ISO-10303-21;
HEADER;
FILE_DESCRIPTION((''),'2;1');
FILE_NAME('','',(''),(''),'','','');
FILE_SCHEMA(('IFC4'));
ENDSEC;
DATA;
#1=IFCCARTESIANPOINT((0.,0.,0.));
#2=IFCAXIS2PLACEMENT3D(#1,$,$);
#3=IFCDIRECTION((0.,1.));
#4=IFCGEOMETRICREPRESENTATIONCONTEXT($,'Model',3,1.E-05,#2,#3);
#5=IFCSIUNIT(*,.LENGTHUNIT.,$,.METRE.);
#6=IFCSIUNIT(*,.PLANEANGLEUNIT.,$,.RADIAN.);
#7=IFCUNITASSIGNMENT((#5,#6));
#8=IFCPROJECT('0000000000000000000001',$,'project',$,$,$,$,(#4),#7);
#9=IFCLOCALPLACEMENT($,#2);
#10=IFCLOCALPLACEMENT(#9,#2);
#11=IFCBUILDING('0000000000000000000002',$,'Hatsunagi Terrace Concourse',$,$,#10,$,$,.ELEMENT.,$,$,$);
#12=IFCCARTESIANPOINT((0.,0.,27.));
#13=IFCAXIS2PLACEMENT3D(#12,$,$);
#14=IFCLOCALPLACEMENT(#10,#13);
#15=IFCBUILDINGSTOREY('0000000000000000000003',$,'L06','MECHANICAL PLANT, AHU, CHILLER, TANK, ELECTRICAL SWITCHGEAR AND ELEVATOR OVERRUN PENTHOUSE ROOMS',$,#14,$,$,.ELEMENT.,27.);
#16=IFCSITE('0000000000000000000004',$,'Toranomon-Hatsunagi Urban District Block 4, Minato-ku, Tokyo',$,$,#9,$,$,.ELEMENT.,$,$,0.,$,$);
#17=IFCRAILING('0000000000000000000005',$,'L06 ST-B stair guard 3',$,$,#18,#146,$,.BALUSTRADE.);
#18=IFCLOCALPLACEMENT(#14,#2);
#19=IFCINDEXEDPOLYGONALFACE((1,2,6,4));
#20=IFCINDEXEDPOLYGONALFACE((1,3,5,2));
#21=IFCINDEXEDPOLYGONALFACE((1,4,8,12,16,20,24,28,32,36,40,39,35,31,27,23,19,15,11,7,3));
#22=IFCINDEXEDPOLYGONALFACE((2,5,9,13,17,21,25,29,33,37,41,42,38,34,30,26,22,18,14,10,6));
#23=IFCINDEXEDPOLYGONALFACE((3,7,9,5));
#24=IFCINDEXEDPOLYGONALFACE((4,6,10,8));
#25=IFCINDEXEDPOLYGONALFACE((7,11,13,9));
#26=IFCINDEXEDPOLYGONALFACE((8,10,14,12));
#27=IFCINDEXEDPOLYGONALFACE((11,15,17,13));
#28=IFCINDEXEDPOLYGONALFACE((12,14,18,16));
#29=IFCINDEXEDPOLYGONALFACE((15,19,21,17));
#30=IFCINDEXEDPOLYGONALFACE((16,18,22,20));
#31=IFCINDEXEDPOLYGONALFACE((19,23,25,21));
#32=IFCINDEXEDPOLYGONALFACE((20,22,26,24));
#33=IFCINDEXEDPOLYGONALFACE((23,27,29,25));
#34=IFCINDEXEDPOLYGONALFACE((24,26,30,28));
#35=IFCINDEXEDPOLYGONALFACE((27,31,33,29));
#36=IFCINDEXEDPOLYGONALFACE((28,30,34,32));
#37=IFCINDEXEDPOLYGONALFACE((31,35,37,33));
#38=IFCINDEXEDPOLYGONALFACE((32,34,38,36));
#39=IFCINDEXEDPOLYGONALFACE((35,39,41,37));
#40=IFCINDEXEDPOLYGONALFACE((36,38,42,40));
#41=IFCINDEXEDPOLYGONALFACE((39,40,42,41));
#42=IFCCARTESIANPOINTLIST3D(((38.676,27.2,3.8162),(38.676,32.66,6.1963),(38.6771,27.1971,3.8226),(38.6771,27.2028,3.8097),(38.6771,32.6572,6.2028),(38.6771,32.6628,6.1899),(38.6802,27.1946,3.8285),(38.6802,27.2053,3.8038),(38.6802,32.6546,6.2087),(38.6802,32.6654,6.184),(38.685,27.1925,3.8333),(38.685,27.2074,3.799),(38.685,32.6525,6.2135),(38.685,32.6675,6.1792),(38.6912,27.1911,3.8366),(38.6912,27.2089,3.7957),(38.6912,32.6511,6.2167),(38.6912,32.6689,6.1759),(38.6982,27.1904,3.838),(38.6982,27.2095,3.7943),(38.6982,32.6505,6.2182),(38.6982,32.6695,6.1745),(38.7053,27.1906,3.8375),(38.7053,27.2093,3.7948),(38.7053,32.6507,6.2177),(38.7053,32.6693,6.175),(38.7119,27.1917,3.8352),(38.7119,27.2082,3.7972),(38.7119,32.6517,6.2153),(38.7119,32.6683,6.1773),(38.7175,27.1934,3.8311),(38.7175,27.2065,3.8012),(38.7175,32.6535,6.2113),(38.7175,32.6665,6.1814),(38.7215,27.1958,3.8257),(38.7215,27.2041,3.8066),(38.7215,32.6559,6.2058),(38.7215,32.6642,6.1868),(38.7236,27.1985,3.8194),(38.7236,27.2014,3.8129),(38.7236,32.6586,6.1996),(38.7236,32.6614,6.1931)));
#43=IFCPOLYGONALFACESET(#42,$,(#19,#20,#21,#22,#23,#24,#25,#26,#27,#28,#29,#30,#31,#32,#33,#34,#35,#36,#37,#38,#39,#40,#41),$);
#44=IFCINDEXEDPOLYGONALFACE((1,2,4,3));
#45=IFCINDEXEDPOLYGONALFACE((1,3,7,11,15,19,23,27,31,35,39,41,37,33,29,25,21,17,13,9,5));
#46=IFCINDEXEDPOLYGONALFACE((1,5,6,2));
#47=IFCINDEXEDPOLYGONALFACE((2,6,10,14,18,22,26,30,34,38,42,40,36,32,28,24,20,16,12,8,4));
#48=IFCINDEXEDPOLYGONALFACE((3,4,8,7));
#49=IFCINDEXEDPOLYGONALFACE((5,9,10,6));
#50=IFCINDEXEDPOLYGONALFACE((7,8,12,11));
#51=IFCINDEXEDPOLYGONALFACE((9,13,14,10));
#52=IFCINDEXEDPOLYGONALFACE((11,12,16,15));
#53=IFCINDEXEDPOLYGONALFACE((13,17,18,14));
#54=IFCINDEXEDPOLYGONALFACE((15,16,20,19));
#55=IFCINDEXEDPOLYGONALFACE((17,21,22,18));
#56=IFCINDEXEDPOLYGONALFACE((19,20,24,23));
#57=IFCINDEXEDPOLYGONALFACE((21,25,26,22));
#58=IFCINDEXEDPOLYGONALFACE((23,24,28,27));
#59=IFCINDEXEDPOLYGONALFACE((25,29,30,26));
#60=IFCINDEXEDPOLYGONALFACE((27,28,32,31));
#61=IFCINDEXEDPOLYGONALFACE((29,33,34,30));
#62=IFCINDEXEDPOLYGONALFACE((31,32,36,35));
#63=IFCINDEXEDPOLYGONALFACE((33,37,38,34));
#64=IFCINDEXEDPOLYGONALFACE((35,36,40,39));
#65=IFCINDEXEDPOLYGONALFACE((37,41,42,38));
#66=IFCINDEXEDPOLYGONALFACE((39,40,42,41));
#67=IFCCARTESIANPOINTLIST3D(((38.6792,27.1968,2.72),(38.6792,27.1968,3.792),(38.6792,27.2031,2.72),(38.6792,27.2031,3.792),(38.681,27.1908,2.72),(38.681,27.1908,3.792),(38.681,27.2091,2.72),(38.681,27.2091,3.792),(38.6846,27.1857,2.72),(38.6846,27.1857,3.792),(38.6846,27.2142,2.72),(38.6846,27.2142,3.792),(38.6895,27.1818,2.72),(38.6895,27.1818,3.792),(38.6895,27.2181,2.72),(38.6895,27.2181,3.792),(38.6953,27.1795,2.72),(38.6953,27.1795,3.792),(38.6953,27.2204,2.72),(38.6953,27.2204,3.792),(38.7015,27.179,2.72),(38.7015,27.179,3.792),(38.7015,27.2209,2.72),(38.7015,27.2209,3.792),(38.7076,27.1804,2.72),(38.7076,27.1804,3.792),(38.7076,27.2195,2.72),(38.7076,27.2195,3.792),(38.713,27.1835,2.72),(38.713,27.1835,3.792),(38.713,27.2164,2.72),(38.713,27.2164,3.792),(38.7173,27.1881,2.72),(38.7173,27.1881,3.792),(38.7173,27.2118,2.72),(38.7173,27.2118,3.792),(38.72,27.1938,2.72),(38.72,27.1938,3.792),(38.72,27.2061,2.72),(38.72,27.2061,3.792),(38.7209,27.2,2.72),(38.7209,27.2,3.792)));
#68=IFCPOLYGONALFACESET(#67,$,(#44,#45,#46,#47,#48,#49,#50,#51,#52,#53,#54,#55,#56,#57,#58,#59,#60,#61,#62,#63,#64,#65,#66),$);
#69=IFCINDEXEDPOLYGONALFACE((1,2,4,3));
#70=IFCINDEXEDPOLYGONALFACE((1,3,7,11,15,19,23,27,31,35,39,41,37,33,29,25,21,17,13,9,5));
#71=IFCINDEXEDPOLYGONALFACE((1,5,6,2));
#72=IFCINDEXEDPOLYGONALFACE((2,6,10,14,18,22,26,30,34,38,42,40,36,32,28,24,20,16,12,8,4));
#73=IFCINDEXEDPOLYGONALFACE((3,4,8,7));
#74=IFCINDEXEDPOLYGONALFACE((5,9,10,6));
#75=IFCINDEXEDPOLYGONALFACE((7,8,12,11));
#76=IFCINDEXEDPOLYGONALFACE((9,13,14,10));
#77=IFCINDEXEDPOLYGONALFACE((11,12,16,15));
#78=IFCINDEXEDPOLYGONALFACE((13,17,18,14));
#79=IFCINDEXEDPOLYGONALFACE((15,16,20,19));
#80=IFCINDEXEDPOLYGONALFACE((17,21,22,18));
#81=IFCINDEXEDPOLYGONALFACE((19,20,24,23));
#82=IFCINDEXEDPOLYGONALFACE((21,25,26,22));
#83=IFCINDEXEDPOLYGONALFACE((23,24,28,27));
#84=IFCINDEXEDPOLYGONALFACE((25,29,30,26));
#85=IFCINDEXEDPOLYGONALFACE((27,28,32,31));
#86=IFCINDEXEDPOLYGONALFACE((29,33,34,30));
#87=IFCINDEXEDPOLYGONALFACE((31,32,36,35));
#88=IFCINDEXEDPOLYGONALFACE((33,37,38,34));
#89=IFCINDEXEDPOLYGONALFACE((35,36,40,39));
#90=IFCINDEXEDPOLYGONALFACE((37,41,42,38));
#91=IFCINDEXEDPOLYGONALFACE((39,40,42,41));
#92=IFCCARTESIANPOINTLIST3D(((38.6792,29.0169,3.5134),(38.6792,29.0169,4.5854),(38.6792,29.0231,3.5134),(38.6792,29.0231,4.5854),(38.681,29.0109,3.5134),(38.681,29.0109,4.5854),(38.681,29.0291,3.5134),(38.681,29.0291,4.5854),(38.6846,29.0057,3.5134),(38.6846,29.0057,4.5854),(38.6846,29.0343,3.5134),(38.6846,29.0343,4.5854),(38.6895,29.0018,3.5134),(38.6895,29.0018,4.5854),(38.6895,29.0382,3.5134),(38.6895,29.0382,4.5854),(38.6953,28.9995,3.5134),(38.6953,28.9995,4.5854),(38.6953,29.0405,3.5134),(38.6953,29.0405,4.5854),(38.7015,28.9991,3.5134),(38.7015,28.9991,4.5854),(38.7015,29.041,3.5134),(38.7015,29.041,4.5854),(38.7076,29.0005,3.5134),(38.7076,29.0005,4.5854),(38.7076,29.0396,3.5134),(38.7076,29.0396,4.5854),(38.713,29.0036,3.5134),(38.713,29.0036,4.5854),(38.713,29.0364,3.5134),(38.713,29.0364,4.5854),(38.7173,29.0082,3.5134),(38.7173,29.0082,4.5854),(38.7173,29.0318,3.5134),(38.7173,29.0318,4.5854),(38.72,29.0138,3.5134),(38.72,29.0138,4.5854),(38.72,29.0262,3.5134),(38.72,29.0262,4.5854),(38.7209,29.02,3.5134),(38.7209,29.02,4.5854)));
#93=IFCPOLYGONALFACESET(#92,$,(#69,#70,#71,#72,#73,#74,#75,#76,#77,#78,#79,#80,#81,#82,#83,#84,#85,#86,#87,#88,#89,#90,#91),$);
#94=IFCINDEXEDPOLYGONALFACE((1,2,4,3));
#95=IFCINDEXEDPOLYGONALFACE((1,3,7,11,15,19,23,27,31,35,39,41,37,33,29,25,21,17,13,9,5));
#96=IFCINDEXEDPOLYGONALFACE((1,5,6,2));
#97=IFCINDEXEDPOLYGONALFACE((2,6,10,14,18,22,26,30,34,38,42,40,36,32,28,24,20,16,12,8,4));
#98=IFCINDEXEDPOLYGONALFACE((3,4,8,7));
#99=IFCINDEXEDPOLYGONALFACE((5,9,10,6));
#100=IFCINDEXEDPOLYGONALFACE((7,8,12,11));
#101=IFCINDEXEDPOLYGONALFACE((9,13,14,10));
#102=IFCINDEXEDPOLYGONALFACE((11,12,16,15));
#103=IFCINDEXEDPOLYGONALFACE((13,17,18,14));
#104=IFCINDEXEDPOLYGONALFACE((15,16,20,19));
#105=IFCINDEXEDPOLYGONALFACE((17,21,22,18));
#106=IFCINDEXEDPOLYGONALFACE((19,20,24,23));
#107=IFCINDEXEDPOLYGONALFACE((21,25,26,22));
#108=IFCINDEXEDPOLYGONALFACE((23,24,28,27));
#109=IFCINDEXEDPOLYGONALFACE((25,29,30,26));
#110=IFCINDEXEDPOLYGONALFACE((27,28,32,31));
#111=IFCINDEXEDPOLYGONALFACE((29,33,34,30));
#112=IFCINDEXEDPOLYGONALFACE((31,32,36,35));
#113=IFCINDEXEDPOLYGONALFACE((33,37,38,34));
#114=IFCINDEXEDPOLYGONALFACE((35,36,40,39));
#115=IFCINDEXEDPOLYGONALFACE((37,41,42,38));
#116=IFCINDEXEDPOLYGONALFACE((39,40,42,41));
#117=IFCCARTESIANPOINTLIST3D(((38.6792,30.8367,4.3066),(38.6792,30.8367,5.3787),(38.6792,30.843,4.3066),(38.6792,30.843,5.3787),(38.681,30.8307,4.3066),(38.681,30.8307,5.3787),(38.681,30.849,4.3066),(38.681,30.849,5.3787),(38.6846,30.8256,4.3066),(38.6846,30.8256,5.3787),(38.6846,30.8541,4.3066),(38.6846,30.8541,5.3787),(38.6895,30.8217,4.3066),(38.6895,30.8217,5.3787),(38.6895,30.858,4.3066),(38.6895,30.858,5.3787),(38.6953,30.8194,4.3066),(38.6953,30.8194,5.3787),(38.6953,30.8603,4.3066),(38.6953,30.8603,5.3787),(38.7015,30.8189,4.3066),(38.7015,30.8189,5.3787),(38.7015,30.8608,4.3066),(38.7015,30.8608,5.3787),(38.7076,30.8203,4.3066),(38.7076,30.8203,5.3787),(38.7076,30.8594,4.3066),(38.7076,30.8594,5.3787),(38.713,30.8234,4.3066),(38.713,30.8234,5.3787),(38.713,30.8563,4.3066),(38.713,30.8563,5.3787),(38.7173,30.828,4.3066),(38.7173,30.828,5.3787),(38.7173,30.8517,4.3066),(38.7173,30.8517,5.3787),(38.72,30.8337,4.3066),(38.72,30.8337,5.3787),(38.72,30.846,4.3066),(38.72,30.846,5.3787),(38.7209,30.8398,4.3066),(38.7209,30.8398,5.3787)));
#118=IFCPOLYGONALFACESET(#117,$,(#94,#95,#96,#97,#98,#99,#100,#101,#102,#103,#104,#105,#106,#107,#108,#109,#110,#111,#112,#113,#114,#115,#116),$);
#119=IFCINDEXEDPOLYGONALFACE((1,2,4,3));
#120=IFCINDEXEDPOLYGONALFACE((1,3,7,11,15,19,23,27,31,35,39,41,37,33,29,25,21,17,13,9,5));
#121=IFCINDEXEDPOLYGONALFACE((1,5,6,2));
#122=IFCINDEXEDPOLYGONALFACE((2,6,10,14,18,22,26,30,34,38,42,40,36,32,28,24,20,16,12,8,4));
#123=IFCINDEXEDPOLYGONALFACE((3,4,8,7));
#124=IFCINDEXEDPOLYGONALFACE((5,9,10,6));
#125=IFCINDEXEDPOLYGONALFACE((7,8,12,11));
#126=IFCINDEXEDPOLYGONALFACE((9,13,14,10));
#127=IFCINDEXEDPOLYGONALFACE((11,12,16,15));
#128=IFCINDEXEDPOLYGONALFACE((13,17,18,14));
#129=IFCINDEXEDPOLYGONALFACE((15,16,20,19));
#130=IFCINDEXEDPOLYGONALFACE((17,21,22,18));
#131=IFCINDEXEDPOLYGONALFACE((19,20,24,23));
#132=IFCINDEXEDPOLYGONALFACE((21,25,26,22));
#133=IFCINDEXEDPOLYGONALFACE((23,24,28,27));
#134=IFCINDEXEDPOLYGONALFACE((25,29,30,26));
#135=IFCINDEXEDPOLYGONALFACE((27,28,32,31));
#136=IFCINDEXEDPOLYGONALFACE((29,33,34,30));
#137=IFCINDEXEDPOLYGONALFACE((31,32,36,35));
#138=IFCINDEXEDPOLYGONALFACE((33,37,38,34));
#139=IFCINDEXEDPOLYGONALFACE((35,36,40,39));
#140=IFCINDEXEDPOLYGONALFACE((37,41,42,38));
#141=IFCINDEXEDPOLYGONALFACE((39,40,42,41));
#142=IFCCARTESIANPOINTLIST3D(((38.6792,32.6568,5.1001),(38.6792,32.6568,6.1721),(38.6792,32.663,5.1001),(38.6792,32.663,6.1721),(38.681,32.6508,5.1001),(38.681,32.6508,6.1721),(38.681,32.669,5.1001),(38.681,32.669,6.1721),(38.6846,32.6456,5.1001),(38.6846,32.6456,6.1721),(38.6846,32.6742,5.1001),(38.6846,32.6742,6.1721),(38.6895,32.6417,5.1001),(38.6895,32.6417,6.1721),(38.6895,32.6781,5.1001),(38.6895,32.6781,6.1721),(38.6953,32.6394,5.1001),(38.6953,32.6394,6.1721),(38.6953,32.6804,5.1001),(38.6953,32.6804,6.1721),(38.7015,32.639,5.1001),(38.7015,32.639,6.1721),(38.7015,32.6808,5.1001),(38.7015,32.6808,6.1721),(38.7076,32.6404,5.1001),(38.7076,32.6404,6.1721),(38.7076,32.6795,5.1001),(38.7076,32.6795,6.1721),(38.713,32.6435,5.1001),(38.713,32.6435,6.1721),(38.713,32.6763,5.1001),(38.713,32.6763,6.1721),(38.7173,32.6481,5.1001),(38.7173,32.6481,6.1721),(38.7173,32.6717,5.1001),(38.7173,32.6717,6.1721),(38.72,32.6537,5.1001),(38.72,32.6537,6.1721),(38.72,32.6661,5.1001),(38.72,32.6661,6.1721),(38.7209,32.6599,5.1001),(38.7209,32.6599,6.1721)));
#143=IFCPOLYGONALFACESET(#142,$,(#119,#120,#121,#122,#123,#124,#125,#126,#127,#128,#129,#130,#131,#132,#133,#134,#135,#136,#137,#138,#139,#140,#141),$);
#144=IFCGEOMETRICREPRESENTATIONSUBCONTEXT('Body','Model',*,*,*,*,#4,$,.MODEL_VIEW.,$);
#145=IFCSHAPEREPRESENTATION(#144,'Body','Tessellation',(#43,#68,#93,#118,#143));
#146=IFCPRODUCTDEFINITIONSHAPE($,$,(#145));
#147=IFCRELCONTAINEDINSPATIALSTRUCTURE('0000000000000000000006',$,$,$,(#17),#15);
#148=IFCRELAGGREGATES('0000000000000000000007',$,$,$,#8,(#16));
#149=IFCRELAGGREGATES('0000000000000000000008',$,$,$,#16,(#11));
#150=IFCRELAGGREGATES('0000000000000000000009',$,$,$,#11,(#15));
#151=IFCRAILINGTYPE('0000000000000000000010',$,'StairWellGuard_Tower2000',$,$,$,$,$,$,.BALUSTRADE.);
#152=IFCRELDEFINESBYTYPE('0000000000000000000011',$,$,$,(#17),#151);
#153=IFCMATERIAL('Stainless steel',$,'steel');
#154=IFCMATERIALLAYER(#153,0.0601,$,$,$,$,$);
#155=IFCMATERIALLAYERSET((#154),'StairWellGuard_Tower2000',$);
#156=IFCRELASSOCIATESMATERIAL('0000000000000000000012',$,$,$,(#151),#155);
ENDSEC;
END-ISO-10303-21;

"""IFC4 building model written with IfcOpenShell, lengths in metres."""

from ifc_helpers import new_model, si_unit, direction, frame, origin, origin_2d, place, context, subcontext, project, spatial, circle, extrude, material, layer, layer_set, type_object, element, save


model = new_model("IFC4")

# Units and contexts
model_context = context("Model", 3, precision=1e-05, world=origin(), true_north=direction((0.0, 1.0)))
body_context = subcontext(model_context, "Body", "Model", "MODEL_VIEW")
ifc_project = project(units=[si_unit("LENGTHUNIT", "METRE"), si_unit("PLANEANGLEUNIT", "RADIAN")], contexts=[model_context])

# Site, building, storey
site_placement = place(None, origin())
site = spatial("IfcSite", under=ifc_project, at=site_placement, Name="Toranomon-Hatsunagi Urban District Block 4, Minato-ku, Tokyo", CompositionType="ELEMENT", RefElevation=0.0)
building_placement = place(site_placement, origin())
building = spatial("IfcBuilding", under=site, at=building_placement, Name="Hatsunagi Terrace Concourse", CompositionType="ELEMENT")
storey_placement = place(building_placement, frame((0.0, 0.0, 27.0)))
storey = spatial("IfcBuildingStorey", under=building, at=storey_placement, Name="L06", Description="MECHANICAL PLANT, AHU, CHILLER, TANK, ELECTRICAL SWITCHGEAR AND ELEVATOR OVERRUN PENTHOUSE ROOMS", CompositionType="ELEMENT", Elevation=27.0)

# Railing
ifc_material_1 = material(Name="Stainless steel", Category="steel")
ifc_layer_1 = layer(ifc_material_1, 0.0601)
ifc_layer_set_1 = layer_set([ifc_layer_1], Name="StairWellGuard_Tower2000")
railing_type_1 = type_object("IfcRailingType", Name="StairWellGuard_Tower2000", PredefinedType="BALUSTRADE", material=ifc_layer_set_1)
railing_1_placement = place(storey_placement, frame((38.7, 27.2, 2.72)))
element("IfcRailing", 1, at=railing_1_placement, inside=storey, type_object=railing_type_1, Name="L06 ST-B stair guard 3", PredefinedType="BALUSTRADE", context=body_context, shape_type="SweptSolid", body=[
    extrude(circle(Radius=0.0239, at=origin_2d()), frame((0.0, 0.0, 1.0962), z_axis=(0.0, 0.916687, 0.399606), x_axis=(-1.0, 0.0, 0.0)), (0.0, 0.0, 1.0), 5.9563),
    extrude(circle(Radius=0.021, at=origin_2d()), origin(), (0.0, 0.0, 1.0), 1.072),
    extrude(circle(Radius=0.021, at=origin_2d()), frame((0.0, 1.8201, 0.7935)), (0.0, 0.0, 1.0), 1.072),
    extrude(circle(Radius=0.021, at=origin_2d()), frame((0.0, 3.6399, 1.5867)), (0.0, 0.0, 1.0), 1.072),
    extrude(circle(Radius=0.021, at=origin_2d()), frame((0.0, 5.46, 2.3801)), (0.0, 0.0, 1.0), 1.072),
])

save(model, "model.ifc")
